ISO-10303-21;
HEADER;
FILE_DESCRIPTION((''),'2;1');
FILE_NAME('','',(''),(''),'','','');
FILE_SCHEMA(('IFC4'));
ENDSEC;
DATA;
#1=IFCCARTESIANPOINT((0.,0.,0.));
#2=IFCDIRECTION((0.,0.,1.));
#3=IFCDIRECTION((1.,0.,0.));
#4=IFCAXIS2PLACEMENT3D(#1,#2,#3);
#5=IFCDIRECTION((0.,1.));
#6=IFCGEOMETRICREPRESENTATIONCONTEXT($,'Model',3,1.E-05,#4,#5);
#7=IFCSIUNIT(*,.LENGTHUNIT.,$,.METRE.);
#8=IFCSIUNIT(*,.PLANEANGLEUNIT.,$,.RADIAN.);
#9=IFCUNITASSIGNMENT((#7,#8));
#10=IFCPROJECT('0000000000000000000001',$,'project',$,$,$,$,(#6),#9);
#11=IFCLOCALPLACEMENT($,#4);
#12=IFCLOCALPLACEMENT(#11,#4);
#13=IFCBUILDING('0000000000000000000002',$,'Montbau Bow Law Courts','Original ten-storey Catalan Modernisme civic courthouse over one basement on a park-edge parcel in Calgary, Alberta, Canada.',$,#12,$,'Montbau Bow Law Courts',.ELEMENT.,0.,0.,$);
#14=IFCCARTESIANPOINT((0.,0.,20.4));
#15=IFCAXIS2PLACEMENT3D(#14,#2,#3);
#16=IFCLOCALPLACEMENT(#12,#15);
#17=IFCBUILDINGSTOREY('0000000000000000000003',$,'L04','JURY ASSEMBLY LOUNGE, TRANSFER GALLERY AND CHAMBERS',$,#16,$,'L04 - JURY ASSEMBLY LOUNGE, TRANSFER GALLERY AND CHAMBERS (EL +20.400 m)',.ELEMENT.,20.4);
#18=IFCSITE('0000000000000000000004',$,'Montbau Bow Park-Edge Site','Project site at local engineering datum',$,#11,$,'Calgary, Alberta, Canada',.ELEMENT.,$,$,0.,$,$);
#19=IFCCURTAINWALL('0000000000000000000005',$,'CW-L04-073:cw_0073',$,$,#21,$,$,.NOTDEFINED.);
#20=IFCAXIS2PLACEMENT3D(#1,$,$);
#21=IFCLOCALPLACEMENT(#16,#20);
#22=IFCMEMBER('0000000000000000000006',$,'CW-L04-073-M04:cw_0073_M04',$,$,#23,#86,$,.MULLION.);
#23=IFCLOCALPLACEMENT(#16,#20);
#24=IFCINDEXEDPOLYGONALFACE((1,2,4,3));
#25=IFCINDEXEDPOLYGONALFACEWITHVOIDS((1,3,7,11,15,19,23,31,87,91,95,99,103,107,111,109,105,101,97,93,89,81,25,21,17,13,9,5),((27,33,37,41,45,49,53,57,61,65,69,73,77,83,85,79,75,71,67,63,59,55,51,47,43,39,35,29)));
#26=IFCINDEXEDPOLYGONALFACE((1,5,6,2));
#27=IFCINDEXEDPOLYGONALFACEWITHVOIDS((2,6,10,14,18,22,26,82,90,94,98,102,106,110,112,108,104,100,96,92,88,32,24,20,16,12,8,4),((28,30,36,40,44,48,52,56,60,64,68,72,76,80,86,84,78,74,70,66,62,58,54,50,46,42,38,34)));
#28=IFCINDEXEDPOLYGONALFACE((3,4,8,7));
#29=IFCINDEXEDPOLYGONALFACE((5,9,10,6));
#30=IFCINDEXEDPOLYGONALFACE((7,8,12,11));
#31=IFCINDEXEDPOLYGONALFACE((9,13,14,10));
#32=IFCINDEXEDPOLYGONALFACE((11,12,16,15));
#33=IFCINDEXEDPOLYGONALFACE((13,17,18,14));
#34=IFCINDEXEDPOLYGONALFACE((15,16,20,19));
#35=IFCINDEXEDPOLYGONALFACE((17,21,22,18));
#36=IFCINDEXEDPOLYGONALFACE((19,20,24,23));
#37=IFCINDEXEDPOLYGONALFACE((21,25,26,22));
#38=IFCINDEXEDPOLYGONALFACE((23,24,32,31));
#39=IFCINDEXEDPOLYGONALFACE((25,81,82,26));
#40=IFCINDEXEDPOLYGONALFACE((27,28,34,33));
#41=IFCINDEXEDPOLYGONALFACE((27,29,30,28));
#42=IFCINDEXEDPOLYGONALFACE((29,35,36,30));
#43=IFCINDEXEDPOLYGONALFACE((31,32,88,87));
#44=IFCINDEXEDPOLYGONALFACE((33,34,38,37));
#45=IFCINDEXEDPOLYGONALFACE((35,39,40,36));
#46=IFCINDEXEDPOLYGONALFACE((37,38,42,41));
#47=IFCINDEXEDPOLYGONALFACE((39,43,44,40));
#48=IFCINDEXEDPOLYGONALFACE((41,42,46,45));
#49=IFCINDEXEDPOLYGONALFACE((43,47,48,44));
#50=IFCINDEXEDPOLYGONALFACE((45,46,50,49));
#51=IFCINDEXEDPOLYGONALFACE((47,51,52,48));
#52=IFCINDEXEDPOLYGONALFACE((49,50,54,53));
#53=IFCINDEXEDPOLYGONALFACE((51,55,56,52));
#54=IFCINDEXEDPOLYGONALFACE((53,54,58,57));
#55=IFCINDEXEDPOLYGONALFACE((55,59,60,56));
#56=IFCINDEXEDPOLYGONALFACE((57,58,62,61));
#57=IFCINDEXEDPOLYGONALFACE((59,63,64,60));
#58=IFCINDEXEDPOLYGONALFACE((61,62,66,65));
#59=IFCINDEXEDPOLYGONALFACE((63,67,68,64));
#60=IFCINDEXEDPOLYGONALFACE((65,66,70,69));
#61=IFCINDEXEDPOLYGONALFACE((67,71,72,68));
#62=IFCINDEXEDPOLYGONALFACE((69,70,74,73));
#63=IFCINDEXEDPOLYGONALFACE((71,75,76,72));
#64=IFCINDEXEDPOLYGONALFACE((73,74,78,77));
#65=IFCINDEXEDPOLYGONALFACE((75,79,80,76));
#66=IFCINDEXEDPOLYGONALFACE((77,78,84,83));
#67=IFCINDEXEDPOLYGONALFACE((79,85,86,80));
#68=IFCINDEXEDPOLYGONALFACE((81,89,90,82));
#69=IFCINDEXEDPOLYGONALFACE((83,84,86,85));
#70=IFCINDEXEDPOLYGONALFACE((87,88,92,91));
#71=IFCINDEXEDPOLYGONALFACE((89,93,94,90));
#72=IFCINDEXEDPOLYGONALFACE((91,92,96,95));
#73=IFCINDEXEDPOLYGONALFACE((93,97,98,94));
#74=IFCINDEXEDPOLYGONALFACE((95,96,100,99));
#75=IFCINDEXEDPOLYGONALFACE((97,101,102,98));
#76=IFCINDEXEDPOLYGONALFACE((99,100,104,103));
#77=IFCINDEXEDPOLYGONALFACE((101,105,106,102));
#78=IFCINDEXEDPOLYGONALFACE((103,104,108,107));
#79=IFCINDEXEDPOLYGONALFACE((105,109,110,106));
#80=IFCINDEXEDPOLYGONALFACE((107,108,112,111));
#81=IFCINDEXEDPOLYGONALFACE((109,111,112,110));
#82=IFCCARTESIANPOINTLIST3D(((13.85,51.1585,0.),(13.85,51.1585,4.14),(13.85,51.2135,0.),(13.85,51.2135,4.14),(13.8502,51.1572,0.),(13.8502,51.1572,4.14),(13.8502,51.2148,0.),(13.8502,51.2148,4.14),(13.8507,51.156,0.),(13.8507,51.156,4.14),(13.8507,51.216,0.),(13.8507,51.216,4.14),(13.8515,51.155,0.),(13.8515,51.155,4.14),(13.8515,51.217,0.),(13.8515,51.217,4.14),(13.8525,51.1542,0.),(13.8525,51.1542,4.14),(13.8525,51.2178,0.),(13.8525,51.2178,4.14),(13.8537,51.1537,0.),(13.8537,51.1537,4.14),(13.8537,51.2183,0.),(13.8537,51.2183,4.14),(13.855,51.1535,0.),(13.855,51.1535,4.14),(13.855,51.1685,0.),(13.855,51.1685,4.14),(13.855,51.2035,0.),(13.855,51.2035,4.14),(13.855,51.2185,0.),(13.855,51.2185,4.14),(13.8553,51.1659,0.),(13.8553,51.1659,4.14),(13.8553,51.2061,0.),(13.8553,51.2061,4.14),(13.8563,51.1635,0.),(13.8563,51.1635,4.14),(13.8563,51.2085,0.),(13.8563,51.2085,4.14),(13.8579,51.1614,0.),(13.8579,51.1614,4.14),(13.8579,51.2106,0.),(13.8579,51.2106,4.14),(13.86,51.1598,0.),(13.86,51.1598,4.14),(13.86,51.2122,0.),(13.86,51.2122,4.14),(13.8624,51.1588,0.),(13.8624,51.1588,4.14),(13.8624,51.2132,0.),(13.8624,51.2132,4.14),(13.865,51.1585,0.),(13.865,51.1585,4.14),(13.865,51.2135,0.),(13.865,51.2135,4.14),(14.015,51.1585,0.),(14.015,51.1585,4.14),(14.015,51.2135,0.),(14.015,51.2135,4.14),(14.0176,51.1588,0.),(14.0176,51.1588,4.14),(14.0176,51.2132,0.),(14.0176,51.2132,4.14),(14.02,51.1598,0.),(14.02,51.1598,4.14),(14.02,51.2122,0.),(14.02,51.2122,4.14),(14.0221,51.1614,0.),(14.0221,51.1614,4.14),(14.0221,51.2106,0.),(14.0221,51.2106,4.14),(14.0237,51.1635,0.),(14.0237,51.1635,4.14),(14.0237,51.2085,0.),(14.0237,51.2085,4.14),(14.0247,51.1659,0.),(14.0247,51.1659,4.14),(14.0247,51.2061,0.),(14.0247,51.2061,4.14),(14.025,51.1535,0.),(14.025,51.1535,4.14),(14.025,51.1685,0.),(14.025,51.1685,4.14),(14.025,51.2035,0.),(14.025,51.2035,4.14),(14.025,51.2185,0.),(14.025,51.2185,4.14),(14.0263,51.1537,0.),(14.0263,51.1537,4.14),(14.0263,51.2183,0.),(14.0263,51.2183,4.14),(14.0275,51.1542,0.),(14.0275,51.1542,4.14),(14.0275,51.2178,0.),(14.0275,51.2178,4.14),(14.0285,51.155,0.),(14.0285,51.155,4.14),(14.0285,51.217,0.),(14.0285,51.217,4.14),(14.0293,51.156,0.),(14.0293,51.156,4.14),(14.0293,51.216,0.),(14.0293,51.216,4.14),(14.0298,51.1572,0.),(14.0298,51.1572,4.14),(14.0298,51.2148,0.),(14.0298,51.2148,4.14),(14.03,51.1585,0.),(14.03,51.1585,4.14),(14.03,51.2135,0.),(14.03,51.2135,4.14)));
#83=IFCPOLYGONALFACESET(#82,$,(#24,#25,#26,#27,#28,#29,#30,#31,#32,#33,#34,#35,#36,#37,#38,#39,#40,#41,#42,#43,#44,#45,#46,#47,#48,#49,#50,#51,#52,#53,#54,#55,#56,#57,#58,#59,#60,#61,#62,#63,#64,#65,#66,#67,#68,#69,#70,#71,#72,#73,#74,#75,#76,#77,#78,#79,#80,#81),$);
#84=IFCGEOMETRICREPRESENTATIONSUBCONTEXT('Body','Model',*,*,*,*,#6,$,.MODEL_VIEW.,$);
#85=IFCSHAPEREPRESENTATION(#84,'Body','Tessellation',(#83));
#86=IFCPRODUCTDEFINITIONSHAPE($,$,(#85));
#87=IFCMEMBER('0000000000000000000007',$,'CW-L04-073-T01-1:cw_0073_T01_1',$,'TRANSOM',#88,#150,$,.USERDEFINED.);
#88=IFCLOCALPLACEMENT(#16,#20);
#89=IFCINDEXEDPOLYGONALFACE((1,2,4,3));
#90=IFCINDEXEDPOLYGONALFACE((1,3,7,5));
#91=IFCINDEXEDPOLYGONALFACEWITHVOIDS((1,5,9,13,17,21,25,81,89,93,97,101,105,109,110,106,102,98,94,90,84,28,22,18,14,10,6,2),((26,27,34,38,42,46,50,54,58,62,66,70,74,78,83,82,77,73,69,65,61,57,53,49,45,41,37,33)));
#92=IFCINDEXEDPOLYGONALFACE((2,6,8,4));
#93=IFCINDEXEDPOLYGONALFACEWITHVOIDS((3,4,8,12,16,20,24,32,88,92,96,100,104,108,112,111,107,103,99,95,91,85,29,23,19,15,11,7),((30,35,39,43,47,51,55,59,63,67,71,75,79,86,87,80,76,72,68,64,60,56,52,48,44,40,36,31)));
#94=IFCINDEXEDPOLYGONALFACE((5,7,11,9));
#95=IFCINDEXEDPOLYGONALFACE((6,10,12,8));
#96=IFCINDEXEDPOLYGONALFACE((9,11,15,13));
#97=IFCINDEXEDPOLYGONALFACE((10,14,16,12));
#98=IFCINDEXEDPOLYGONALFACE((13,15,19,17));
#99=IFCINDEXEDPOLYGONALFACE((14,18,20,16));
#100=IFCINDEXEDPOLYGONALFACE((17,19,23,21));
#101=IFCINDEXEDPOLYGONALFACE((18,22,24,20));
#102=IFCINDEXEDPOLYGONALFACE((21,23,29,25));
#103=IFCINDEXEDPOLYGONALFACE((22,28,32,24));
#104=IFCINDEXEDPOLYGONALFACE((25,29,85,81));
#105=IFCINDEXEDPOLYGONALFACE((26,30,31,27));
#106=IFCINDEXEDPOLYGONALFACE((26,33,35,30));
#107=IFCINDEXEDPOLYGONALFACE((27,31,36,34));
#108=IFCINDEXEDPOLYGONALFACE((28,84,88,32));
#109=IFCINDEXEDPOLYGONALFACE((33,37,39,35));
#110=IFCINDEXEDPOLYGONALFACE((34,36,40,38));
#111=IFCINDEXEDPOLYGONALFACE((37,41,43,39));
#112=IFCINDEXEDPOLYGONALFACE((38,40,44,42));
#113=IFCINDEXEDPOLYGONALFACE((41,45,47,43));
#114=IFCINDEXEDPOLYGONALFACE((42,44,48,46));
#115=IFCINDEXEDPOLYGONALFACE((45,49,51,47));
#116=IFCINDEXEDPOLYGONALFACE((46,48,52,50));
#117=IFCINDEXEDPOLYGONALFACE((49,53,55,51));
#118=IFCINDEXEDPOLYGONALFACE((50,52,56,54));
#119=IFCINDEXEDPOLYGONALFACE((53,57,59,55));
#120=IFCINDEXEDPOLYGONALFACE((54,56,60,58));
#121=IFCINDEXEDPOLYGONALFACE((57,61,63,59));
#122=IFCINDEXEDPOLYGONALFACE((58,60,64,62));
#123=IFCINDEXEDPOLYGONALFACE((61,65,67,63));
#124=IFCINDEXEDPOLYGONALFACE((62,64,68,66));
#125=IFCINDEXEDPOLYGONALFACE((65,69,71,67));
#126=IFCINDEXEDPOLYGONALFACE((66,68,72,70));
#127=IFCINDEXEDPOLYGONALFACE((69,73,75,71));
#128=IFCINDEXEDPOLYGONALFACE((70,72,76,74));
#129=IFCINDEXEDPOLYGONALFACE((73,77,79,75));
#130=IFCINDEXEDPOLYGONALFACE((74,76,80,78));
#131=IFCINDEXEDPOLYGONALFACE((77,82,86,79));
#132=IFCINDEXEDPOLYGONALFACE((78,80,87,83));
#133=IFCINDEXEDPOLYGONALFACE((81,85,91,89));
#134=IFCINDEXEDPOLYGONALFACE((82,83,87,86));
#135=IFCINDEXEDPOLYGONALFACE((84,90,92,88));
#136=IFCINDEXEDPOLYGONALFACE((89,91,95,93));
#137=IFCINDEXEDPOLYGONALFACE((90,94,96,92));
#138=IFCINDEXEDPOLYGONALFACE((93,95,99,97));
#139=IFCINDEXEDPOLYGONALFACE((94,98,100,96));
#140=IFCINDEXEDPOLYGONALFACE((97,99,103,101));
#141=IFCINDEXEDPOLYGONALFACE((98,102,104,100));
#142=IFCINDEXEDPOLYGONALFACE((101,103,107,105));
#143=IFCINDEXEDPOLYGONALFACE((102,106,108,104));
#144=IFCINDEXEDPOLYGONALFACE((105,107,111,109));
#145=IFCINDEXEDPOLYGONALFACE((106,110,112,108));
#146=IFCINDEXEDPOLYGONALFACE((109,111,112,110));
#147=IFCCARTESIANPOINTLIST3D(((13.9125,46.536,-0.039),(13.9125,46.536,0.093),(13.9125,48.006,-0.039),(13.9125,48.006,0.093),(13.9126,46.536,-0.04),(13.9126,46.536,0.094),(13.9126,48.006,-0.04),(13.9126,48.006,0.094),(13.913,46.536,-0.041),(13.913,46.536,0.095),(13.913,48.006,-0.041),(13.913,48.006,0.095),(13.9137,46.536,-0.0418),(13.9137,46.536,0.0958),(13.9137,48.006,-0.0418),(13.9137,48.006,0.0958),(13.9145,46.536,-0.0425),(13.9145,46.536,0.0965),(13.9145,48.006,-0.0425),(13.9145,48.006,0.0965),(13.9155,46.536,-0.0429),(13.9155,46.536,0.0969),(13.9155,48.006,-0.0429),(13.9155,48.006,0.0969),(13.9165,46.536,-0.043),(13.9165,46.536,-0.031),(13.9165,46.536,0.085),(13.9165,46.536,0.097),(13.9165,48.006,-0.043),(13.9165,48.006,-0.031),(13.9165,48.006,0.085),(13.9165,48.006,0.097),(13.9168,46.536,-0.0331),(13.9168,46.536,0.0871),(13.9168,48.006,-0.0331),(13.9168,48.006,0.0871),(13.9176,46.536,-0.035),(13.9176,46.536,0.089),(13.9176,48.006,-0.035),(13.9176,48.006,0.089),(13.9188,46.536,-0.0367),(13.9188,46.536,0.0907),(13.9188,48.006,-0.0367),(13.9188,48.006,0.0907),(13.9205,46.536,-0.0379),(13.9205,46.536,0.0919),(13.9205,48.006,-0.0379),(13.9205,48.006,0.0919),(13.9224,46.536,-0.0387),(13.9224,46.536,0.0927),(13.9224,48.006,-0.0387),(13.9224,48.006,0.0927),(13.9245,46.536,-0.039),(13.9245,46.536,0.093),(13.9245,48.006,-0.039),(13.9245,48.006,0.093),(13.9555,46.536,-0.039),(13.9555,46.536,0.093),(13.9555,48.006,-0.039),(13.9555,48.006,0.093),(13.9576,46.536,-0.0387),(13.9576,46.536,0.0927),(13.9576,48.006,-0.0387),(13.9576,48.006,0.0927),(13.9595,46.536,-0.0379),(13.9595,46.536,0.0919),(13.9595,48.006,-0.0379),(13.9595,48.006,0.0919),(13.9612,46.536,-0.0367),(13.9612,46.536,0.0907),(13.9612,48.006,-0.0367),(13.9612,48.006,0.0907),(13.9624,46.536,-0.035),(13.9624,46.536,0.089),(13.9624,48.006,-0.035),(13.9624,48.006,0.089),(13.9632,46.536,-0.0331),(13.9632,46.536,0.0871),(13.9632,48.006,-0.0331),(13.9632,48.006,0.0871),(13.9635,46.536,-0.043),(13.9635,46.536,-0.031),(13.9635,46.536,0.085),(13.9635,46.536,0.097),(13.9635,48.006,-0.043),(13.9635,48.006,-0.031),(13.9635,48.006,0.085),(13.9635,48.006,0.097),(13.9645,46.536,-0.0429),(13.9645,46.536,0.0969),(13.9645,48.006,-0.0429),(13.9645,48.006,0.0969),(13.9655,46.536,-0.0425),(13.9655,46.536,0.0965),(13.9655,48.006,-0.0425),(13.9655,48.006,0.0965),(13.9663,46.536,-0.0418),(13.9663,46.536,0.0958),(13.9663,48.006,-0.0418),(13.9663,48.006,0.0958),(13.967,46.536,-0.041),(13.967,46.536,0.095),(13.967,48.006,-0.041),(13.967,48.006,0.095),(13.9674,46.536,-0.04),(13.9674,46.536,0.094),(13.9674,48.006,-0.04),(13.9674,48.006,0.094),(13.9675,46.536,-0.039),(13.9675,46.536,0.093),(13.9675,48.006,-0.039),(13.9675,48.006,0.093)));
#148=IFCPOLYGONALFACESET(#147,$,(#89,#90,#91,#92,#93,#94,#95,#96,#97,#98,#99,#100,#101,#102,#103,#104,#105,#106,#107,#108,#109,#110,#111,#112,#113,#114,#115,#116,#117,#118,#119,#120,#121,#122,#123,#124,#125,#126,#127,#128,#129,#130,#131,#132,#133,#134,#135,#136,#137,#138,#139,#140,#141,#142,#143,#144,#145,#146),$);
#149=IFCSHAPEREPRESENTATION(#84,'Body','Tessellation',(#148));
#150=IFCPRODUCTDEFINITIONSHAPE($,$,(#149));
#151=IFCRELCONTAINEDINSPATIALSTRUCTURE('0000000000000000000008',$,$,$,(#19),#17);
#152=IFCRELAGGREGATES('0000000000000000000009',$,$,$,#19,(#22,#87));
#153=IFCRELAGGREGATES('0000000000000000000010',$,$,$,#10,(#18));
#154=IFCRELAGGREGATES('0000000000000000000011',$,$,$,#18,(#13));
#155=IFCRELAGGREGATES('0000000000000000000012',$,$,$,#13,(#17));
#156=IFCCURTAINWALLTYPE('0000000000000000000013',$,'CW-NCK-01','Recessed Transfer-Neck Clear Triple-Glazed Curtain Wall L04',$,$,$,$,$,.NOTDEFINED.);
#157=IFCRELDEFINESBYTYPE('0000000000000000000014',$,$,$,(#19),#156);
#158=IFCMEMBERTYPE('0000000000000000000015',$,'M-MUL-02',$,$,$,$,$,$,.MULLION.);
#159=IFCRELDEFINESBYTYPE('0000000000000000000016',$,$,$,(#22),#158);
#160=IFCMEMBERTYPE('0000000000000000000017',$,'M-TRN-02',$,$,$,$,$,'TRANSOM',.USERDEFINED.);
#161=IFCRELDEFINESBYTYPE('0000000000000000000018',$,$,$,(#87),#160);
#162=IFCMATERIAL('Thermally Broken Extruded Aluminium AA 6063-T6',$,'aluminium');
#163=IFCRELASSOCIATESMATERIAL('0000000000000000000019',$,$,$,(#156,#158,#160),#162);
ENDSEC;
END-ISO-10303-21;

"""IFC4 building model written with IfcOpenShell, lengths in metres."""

from ifc_helpers import new_model, si_unit, direction, frame, origin_with_axes, origin_2d_with_axis, place, context, subcontext, project, spatial, hollow_rectangle, extrude, material, material_profile, profile_set, type_object, element, aggregate, save


model = new_model("IFC4")

# Units and contexts
model_context = context("Model", 3, precision=1e-05, world=origin_with_axes(), true_north=direction((0.0, 1.0)))
body_context = subcontext(model_context, "Body", "Model", "MODEL_VIEW")
ifc_project = project(units=[si_unit("LENGTHUNIT", "METRE"), si_unit("PLANEANGLEUNIT", "RADIAN")], contexts=[model_context])

# Site, building, storey
site_placement = place(None, origin_with_axes())
site = spatial("IfcSite", under=ifc_project, at=site_placement, Name="Montbau Bow Park-Edge Site", Description="Project site at local engineering datum", LongName="Calgary, Alberta, Canada", CompositionType="ELEMENT", RefElevation=0.0)
building_placement = place(site_placement, origin_with_axes())
building = spatial("IfcBuilding", under=site, at=building_placement, Name="Montbau Bow Law Courts", Description="Original ten-storey Catalan Modernisme civic courthouse over one basement on a park-edge parcel in Calgary, Alberta, Canada.", LongName="Montbau Bow Law Courts", CompositionType="ELEMENT", ElevationOfRefHeight=0.0, ElevationOfTerrain=0.0)
storey_placement = place(building_placement, frame((0.0, 0.0, 20.4), z_axis=(0.0, 0.0, 1.0), x_axis=(1.0, 0.0, 0.0)))
storey = spatial("IfcBuildingStorey", under=building, at=storey_placement, Name="L04", Description="JURY ASSEMBLY LOUNGE, TRANSFER GALLERY AND CHAMBERS", LongName="L04 - JURY ASSEMBLY LOUNGE, TRANSFER GALLERY AND CHAMBERS (EL +20.400 m)", CompositionType="ELEMENT", Elevation=20.4)

# Shared definitions
ifc_material_1 = material(Name="Thermally Broken Extruded Aluminium AA 6063-T6", Category="aluminium")
curtain_wall_type = type_object("IfcCurtainWallType", Name="CW-NCK-01", Description="Recessed Transfer-Neck Clear Triple-Glazed Curtain Wall L04", PredefinedType="NOTDEFINED", material=ifc_material_1)

# Curtain wall, members
curtain_wall_1_placement = place(None, frame((13.94, 46.468, 20.4), z_axis=(0.0, 0.0, 1.0), x_axis=(1.0, 0.0, 0.0)))
curtain_wall_1 = element("IfcCurtainWall", 1, at=curtain_wall_1_placement, inside=storey, type_object=curtain_wall_type, Name="CW-L04-073:cw_0073", PredefinedType="NOTDEFINED")
ifc_material_profile_1 = material_profile(ifc_material_1, hollow_rectangle(XDim=0.065, YDim=0.18, WallThickness=0.005, InnerFilletRadius=0.01, OuterFilletRadius=0.005, at=origin_2d_with_axis()), Name="CWM-180X65", Category="Main", Priority=0)
ifc_profile_set_1 = profile_set([ifc_material_profile_1], Name="Thermally Broken Extruded Aluminium AA 6063-T6")
member_type_1 = type_object("IfcMemberType", Name="M-MUL-02", PredefinedType="MULLION", material=ifc_profile_set_1)
member_1_placement = place(None, frame((13.94, 51.186, 20.4), z_axis=(0.0, 0.0, 1.0), x_axis=(0.0, 1.0, 0.0)))
member_1 = element("IfcMember", 2, at=member_1_placement, type_object=member_type_1, Name="CW-L04-073-M04:cw_0073_M04", PredefinedType="MULLION", context=body_context, shape_type="SweptSolid", body=[
    extrude(hollow_rectangle(XDim=0.065, YDim=0.18, WallThickness=0.005, InnerFilletRadius=0.01, OuterFilletRadius=0.005, at=origin_2d_with_axis()), origin_with_axes(), (0.0, 0.0, 1.0), 4.14),
])
ifc_material_profile_2 = material_profile(ifc_material_1, hollow_rectangle(XDim=0.055, YDim=0.14, WallThickness=0.004, InnerFilletRadius=0.008, OuterFilletRadius=0.004, at=origin_2d_with_axis()), Name="CWT-140X55", Category="Main", Priority=0)
ifc_profile_set_2 = profile_set([ifc_material_profile_2], Name="Thermally Broken Extruded Aluminium AA 6063-T6")
member_type_2 = type_object("IfcMemberType", Name="M-TRN-02", ElementType="TRANSOM", PredefinedType="USERDEFINED", material=ifc_profile_set_2)
member_2_placement = place(None, frame((13.94, 46.536, 20.427), z_axis=(0.0, 1.0, 0.0), x_axis=(-1.0, 0.0, 0.0)))
member_2 = element("IfcMember", 3, at=member_2_placement, type_object=member_type_2, Name="CW-L04-073-T01-1:cw_0073_T01_1", ObjectType="TRANSOM", PredefinedType="USERDEFINED", context=body_context, shape_type="SweptSolid", body=[
    extrude(hollow_rectangle(XDim=0.055, YDim=0.14, WallThickness=0.004, InnerFilletRadius=0.008, OuterFilletRadius=0.004, at=origin_2d_with_axis()), origin_with_axes(), (0.0, 0.0, 1.0), 1.47),
])
aggregate(curtain_wall_1, [member_1, member_2])

save(model, "model.ifc")
